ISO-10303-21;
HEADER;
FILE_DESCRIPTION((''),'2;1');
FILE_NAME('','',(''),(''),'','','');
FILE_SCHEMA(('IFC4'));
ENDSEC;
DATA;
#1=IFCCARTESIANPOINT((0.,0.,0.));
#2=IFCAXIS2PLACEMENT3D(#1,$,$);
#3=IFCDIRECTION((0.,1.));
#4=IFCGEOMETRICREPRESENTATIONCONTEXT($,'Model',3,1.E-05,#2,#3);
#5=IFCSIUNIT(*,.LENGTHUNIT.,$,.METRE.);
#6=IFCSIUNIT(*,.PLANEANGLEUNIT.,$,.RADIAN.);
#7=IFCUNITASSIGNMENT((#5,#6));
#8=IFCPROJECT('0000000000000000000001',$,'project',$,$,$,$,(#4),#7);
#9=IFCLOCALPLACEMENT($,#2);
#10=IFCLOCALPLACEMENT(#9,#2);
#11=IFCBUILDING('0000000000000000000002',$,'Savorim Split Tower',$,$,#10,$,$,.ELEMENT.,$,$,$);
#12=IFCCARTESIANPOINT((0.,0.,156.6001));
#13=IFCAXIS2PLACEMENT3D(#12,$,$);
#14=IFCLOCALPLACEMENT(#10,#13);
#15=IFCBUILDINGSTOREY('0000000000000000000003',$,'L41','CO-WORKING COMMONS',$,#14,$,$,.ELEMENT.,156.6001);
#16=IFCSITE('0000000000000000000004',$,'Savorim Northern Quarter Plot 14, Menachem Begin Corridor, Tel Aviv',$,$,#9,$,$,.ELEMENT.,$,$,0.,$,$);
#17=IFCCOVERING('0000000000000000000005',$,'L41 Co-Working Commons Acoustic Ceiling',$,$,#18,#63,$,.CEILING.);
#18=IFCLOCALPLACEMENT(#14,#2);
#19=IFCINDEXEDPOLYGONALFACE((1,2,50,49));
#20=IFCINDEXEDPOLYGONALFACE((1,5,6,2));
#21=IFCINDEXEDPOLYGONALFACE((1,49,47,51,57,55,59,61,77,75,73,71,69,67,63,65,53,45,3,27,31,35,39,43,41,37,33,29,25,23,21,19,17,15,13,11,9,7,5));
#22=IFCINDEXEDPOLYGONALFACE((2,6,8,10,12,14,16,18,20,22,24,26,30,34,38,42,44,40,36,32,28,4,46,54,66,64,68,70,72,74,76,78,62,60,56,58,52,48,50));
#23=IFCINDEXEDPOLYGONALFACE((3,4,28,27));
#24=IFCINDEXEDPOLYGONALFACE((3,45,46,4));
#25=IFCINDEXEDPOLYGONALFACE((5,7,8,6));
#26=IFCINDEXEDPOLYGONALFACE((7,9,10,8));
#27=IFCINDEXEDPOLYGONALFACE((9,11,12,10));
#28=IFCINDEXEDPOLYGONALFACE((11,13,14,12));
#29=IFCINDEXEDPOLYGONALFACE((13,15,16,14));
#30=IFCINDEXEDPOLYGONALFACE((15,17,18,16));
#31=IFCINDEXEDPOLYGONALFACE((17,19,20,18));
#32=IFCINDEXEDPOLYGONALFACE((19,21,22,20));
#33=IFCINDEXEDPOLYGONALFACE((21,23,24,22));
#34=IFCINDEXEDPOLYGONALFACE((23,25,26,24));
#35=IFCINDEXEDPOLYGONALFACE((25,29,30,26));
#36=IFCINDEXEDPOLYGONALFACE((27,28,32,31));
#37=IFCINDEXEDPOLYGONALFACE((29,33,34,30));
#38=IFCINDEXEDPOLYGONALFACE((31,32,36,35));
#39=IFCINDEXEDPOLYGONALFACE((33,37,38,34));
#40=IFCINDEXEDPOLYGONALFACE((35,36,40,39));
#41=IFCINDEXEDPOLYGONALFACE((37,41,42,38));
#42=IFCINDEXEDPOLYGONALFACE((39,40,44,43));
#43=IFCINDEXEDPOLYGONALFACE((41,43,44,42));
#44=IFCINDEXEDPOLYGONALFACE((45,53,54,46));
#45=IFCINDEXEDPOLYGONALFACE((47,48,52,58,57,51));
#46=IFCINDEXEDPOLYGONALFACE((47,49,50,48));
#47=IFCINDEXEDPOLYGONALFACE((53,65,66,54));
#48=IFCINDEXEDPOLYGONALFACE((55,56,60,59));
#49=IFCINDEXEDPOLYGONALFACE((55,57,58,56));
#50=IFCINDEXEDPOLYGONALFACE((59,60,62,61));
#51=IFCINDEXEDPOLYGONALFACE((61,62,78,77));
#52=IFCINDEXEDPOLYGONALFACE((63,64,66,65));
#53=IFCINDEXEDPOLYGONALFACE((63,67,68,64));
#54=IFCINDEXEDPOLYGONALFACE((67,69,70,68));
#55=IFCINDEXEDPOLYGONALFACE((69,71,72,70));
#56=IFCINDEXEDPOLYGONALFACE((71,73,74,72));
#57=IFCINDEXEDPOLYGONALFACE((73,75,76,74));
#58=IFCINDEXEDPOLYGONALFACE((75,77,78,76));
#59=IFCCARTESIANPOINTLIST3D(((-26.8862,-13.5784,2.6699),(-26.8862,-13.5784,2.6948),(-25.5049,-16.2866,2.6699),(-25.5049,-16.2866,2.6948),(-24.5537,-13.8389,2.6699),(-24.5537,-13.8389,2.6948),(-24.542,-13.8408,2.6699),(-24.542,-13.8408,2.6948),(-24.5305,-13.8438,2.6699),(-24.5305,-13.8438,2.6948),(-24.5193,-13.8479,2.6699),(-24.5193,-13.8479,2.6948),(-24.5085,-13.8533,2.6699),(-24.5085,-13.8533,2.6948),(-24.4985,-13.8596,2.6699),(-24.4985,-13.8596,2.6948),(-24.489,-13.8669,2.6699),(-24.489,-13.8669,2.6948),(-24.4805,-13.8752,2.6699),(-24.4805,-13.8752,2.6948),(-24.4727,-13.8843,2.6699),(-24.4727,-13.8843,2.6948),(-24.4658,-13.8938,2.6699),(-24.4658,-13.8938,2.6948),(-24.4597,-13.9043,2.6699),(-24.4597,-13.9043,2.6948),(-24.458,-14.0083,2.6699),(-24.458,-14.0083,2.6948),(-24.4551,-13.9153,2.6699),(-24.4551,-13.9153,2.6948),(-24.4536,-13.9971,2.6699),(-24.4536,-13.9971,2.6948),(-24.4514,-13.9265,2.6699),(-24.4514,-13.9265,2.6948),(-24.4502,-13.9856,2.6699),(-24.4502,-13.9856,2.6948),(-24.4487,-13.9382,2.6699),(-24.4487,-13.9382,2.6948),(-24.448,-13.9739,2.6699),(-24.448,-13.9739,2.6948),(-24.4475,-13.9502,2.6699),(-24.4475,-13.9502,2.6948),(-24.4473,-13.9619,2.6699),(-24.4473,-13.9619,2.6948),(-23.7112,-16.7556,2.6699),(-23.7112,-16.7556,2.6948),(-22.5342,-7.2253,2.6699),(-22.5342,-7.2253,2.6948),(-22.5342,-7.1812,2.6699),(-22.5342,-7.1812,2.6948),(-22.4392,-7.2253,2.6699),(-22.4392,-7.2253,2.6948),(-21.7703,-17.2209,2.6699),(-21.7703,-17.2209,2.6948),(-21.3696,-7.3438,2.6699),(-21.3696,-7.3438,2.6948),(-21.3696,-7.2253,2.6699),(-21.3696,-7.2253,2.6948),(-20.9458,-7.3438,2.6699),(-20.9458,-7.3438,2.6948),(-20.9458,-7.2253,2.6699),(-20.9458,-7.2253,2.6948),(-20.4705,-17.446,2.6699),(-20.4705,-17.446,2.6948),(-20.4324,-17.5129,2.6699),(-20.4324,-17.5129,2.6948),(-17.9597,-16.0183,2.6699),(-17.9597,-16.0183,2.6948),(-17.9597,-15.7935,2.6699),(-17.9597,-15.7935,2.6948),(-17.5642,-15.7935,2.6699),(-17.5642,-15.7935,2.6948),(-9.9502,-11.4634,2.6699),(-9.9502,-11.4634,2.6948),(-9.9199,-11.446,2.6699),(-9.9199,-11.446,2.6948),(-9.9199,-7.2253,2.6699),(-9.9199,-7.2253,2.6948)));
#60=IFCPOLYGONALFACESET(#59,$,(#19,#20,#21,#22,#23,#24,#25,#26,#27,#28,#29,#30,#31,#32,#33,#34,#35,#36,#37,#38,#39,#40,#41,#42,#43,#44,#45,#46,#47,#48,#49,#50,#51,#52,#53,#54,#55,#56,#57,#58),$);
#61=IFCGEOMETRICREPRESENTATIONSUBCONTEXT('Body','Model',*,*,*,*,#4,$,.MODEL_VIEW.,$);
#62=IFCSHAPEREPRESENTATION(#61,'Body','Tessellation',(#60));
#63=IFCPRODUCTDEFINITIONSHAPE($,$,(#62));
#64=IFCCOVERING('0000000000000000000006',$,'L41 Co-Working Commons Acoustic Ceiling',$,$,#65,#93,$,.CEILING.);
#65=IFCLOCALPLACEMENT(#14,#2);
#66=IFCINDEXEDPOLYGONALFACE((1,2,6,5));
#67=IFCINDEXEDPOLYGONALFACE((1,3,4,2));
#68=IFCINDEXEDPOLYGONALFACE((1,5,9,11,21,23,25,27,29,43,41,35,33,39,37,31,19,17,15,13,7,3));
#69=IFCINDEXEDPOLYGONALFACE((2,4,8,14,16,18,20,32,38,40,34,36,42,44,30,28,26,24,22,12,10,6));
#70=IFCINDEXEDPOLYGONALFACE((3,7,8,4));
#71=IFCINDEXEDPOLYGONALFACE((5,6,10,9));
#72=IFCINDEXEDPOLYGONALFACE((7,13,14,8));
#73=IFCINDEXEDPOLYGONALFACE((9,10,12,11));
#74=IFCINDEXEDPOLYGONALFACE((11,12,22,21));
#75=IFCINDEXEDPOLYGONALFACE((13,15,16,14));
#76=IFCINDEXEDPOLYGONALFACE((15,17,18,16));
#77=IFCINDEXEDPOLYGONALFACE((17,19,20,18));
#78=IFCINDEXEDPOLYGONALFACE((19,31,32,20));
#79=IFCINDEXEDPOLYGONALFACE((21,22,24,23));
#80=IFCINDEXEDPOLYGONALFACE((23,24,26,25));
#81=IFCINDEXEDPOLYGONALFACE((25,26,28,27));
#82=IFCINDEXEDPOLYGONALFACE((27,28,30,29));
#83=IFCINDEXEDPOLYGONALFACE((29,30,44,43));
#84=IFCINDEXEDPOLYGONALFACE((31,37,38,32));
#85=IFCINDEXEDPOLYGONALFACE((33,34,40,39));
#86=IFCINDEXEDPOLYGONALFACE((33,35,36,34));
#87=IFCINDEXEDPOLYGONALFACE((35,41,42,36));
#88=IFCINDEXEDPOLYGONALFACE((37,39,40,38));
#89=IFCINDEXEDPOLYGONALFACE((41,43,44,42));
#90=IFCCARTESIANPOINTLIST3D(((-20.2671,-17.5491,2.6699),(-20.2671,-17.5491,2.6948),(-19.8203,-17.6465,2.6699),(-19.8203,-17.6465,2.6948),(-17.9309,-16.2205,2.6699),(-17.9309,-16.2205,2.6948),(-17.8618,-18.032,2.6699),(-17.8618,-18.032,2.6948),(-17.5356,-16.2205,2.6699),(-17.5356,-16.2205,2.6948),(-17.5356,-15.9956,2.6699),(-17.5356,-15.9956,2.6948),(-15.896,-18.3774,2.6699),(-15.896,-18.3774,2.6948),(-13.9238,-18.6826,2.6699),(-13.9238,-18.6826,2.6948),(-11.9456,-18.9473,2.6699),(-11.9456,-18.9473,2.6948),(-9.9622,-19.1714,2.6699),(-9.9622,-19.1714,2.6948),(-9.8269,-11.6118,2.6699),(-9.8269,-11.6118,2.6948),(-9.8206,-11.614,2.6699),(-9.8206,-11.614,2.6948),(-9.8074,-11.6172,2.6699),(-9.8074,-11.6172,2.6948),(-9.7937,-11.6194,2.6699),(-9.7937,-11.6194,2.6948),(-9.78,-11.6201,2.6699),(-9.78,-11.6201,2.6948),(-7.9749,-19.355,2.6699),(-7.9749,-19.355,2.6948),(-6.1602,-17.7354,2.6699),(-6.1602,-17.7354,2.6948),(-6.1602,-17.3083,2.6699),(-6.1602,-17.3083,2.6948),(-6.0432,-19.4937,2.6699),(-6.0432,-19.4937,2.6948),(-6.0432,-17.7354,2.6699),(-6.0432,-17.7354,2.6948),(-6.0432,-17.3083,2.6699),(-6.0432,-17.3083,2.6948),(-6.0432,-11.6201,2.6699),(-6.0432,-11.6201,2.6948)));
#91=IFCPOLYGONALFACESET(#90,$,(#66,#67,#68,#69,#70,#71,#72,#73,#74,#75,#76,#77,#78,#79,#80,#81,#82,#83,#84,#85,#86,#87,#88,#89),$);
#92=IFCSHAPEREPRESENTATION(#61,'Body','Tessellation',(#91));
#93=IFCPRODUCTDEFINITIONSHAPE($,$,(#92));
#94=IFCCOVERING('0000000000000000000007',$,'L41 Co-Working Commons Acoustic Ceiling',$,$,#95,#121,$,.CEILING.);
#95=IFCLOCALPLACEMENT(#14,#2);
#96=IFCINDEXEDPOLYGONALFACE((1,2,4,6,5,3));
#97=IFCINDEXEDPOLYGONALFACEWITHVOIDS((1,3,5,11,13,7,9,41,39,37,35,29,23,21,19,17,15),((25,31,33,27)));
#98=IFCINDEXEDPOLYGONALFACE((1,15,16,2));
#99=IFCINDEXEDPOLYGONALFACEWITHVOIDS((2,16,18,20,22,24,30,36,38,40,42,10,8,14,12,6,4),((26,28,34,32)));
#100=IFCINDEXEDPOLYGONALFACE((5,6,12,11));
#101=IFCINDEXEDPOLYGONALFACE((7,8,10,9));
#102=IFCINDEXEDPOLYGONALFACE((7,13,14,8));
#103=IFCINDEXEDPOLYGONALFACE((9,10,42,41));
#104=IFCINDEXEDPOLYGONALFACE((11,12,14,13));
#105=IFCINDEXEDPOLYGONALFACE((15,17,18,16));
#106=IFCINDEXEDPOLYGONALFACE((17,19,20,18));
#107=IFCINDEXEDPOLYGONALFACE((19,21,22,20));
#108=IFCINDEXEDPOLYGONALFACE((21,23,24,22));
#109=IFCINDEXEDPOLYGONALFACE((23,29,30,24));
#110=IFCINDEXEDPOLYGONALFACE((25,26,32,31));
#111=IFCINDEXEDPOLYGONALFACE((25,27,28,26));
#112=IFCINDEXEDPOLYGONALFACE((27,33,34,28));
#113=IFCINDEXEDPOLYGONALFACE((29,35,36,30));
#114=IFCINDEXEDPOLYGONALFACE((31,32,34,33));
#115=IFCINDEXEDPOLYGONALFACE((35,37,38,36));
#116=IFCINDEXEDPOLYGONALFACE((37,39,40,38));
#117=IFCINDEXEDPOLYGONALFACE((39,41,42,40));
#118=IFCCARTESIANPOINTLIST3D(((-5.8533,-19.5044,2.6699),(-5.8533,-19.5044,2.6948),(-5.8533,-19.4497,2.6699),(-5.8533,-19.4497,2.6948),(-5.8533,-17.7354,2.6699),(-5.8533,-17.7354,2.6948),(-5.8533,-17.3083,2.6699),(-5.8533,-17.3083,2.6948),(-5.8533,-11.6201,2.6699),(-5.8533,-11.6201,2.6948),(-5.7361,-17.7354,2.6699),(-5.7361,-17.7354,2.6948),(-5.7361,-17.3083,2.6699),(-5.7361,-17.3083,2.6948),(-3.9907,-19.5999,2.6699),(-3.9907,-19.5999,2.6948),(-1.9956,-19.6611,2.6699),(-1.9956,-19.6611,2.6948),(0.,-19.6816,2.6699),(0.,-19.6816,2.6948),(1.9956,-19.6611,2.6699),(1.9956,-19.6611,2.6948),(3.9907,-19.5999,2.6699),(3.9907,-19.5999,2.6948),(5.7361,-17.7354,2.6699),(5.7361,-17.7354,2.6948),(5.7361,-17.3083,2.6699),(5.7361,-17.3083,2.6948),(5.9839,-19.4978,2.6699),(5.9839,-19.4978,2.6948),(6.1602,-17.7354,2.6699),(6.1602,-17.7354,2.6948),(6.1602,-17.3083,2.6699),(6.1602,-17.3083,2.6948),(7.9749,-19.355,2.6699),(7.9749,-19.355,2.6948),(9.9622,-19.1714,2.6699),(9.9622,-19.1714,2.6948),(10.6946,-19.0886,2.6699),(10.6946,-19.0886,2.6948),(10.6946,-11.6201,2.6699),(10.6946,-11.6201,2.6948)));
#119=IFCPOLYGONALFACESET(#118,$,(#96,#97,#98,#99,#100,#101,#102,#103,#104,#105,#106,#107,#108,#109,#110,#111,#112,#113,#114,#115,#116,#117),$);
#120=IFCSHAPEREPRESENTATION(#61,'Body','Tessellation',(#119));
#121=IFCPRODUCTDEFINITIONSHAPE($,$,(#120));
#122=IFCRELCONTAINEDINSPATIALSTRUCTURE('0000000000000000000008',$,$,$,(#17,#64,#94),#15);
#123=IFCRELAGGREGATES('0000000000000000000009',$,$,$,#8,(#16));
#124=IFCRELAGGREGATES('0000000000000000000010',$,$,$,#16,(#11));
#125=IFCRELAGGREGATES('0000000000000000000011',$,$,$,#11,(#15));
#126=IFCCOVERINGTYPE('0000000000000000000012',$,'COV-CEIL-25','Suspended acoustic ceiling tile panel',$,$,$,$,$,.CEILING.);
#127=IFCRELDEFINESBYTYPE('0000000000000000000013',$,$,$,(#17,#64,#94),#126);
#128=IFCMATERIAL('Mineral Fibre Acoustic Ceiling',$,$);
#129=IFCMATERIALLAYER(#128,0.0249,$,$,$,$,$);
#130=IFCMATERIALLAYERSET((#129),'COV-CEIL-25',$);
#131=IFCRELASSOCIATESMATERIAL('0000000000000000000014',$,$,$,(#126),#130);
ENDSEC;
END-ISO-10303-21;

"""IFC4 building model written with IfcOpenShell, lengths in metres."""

from ifc_helpers import new_model, si_unit, direction, frame, origin, place, context, subcontext, project, spatial, polyline, outline, extrude, material, layer, layer_set, type_object, element, save


model = new_model("IFC4")

# Units and contexts
model_context = context("Model", 3, precision=1e-05, world=origin(), true_north=direction((0.0, 1.0)))
body_context = subcontext(model_context, "Body", "Model", "MODEL_VIEW")
ifc_project = project(units=[si_unit("LENGTHUNIT", "METRE"), si_unit("PLANEANGLEUNIT", "RADIAN")], contexts=[model_context])

# Site, building, storey
site_placement = place(None, origin())
site = spatial("IfcSite", under=ifc_project, at=site_placement, Name="Savorim Northern Quarter Plot 14, Menachem Begin Corridor, Tel Aviv", CompositionType="ELEMENT", RefElevation=0.0)
building_placement = place(site_placement, origin())
building = spatial("IfcBuilding", under=site, at=building_placement, Name="Savorim Split Tower", CompositionType="ELEMENT")
storey_placement = place(building_placement, frame((0.0, 0.0, 156.6001)))
storey = spatial("IfcBuildingStorey", under=building, at=storey_placement, Name="L41", Description="CO-WORKING COMMONS", CompositionType="ELEMENT", Elevation=156.6001)

# Coverings
ifc_material_1 = material(Name="Mineral Fibre Acoustic Ceiling")
ifc_layer_1 = layer(ifc_material_1, 0.0249)
ifc_layer_set_1 = layer_set([ifc_layer_1], Name="COV-CEIL-25")
covering_type_1 = type_object("IfcCoveringType", Name="COV-CEIL-25", Description="Suspended acoustic ceiling tile panel", PredefinedType="CEILING", material=ifc_layer_set_1)
covering_1_placement = place(storey_placement, frame((0.0, 0.0, 2.6699)))
element("IfcCovering", 1, at=covering_1_placement, inside=storey, type_object=covering_type_1, Name="L41 Co-Working Commons Acoustic Ceiling", PredefinedType="CEILING", context=body_context, shape_type="SweptSolid", body=[
    extrude(outline(polyline([(-24.4473, -13.9619), (-24.448, -13.9739), (-24.4502, -13.9856), (-24.4536, -13.9971), (-24.458, -14.0083), (-25.5049, -16.2866), (-23.7112, -16.7556), (-21.7703, -17.2209), (-20.4324, -17.5129), (-20.4705, -17.446), (-17.9597, -16.0183), (-17.9597, -15.7935), (-17.5642, -15.7935), (-9.9502, -11.4634), (-9.9199, -11.446), (-9.9199, -7.2253), (-20.9458, -7.2253), (-20.9458, -7.3438), (-21.3696, -7.3438), (-21.3696, -7.2253), (-22.4392, -7.2253), (-22.5342, -7.2253), (-22.5342, -7.1812), (-26.8862, -13.5784), (-24.5537, -13.8389), (-24.542, -13.8408), (-24.5305, -13.8438), (-24.5193, -13.8479), (-24.5085, -13.8533), (-24.4985, -13.8596), (-24.489, -13.8669), (-24.4805, -13.8752), (-24.4727, -13.8843), (-24.4658, -13.8938), (-24.4597, -13.9043), (-24.4551, -13.9153), (-24.4514, -13.9265), (-24.4487, -13.9382), (-24.4475, -13.9502), (-24.4473, -13.9619)])), origin(), (0.0, 0.0, 1.0), 0.0249),
])
covering_2_placement = place(storey_placement, frame((0.0, 0.0, 2.6699)))
element("IfcCovering", 2, at=covering_2_placement, inside=storey, type_object=covering_type_1, Name="L41 Co-Working Commons Acoustic Ceiling", PredefinedType="CEILING", context=body_context, shape_type="SweptSolid", body=[
    extrude(outline(polyline([(-13.9238, -18.6826), (-11.9456, -18.9473), (-9.9622, -19.1714), (-7.9749, -19.355), (-6.0432, -19.4937), (-6.0432, -17.7354), (-6.1602, -17.7354), (-6.1602, -17.3083), (-6.0432, -17.3083), (-6.0432, -11.6201), (-9.78, -11.6201), (-9.7937, -11.6194), (-9.8074, -11.6172), (-9.8206, -11.614), (-9.8269, -11.6118), (-17.5356, -15.9956), (-17.5356, -16.2205), (-17.9309, -16.2205), (-20.2671, -17.5491), (-19.8203, -17.6465), (-17.8618, -18.032), (-15.896, -18.3774), (-13.9238, -18.6826)])), origin(), (0.0, 0.0, 1.0), 0.0249),
])
covering_3_placement = place(storey_placement, frame((0.0, 0.0, 2.6699)))
element("IfcCovering", 3, at=covering_3_placement, inside=storey, type_object=covering_type_1, Name="L41 Co-Working Commons Acoustic Ceiling", PredefinedType="CEILING", context=body_context, shape_type="SweptSolid", body=[
    extrude(outline(polyline([(5.9839, -19.4978), (7.9749, -19.355), (9.9622, -19.1714), (10.6946, -19.0886), (10.6946, -11.6201), (-5.8533, -11.6201), (-5.8533, -17.3083), (-5.7361, -17.3083), (-5.7361, -17.7354), (-5.8533, -17.7354), (-5.8533, -19.4497), (-5.8533, -19.5044), (-3.9907, -19.5999), (-1.9956, -19.6611), (0.0, -19.6816), (1.9956, -19.6611), (3.9907, -19.5999), (5.9839, -19.4978)]), holes=[polyline([(5.7361, -17.7354), (6.1602, -17.7354), (6.1602, -17.3083), (5.7361, -17.3083), (5.7361, -17.7354)])]), origin(), (0.0, 0.0, 1.0), 0.0249),
])

save(model, "model.ifc")
